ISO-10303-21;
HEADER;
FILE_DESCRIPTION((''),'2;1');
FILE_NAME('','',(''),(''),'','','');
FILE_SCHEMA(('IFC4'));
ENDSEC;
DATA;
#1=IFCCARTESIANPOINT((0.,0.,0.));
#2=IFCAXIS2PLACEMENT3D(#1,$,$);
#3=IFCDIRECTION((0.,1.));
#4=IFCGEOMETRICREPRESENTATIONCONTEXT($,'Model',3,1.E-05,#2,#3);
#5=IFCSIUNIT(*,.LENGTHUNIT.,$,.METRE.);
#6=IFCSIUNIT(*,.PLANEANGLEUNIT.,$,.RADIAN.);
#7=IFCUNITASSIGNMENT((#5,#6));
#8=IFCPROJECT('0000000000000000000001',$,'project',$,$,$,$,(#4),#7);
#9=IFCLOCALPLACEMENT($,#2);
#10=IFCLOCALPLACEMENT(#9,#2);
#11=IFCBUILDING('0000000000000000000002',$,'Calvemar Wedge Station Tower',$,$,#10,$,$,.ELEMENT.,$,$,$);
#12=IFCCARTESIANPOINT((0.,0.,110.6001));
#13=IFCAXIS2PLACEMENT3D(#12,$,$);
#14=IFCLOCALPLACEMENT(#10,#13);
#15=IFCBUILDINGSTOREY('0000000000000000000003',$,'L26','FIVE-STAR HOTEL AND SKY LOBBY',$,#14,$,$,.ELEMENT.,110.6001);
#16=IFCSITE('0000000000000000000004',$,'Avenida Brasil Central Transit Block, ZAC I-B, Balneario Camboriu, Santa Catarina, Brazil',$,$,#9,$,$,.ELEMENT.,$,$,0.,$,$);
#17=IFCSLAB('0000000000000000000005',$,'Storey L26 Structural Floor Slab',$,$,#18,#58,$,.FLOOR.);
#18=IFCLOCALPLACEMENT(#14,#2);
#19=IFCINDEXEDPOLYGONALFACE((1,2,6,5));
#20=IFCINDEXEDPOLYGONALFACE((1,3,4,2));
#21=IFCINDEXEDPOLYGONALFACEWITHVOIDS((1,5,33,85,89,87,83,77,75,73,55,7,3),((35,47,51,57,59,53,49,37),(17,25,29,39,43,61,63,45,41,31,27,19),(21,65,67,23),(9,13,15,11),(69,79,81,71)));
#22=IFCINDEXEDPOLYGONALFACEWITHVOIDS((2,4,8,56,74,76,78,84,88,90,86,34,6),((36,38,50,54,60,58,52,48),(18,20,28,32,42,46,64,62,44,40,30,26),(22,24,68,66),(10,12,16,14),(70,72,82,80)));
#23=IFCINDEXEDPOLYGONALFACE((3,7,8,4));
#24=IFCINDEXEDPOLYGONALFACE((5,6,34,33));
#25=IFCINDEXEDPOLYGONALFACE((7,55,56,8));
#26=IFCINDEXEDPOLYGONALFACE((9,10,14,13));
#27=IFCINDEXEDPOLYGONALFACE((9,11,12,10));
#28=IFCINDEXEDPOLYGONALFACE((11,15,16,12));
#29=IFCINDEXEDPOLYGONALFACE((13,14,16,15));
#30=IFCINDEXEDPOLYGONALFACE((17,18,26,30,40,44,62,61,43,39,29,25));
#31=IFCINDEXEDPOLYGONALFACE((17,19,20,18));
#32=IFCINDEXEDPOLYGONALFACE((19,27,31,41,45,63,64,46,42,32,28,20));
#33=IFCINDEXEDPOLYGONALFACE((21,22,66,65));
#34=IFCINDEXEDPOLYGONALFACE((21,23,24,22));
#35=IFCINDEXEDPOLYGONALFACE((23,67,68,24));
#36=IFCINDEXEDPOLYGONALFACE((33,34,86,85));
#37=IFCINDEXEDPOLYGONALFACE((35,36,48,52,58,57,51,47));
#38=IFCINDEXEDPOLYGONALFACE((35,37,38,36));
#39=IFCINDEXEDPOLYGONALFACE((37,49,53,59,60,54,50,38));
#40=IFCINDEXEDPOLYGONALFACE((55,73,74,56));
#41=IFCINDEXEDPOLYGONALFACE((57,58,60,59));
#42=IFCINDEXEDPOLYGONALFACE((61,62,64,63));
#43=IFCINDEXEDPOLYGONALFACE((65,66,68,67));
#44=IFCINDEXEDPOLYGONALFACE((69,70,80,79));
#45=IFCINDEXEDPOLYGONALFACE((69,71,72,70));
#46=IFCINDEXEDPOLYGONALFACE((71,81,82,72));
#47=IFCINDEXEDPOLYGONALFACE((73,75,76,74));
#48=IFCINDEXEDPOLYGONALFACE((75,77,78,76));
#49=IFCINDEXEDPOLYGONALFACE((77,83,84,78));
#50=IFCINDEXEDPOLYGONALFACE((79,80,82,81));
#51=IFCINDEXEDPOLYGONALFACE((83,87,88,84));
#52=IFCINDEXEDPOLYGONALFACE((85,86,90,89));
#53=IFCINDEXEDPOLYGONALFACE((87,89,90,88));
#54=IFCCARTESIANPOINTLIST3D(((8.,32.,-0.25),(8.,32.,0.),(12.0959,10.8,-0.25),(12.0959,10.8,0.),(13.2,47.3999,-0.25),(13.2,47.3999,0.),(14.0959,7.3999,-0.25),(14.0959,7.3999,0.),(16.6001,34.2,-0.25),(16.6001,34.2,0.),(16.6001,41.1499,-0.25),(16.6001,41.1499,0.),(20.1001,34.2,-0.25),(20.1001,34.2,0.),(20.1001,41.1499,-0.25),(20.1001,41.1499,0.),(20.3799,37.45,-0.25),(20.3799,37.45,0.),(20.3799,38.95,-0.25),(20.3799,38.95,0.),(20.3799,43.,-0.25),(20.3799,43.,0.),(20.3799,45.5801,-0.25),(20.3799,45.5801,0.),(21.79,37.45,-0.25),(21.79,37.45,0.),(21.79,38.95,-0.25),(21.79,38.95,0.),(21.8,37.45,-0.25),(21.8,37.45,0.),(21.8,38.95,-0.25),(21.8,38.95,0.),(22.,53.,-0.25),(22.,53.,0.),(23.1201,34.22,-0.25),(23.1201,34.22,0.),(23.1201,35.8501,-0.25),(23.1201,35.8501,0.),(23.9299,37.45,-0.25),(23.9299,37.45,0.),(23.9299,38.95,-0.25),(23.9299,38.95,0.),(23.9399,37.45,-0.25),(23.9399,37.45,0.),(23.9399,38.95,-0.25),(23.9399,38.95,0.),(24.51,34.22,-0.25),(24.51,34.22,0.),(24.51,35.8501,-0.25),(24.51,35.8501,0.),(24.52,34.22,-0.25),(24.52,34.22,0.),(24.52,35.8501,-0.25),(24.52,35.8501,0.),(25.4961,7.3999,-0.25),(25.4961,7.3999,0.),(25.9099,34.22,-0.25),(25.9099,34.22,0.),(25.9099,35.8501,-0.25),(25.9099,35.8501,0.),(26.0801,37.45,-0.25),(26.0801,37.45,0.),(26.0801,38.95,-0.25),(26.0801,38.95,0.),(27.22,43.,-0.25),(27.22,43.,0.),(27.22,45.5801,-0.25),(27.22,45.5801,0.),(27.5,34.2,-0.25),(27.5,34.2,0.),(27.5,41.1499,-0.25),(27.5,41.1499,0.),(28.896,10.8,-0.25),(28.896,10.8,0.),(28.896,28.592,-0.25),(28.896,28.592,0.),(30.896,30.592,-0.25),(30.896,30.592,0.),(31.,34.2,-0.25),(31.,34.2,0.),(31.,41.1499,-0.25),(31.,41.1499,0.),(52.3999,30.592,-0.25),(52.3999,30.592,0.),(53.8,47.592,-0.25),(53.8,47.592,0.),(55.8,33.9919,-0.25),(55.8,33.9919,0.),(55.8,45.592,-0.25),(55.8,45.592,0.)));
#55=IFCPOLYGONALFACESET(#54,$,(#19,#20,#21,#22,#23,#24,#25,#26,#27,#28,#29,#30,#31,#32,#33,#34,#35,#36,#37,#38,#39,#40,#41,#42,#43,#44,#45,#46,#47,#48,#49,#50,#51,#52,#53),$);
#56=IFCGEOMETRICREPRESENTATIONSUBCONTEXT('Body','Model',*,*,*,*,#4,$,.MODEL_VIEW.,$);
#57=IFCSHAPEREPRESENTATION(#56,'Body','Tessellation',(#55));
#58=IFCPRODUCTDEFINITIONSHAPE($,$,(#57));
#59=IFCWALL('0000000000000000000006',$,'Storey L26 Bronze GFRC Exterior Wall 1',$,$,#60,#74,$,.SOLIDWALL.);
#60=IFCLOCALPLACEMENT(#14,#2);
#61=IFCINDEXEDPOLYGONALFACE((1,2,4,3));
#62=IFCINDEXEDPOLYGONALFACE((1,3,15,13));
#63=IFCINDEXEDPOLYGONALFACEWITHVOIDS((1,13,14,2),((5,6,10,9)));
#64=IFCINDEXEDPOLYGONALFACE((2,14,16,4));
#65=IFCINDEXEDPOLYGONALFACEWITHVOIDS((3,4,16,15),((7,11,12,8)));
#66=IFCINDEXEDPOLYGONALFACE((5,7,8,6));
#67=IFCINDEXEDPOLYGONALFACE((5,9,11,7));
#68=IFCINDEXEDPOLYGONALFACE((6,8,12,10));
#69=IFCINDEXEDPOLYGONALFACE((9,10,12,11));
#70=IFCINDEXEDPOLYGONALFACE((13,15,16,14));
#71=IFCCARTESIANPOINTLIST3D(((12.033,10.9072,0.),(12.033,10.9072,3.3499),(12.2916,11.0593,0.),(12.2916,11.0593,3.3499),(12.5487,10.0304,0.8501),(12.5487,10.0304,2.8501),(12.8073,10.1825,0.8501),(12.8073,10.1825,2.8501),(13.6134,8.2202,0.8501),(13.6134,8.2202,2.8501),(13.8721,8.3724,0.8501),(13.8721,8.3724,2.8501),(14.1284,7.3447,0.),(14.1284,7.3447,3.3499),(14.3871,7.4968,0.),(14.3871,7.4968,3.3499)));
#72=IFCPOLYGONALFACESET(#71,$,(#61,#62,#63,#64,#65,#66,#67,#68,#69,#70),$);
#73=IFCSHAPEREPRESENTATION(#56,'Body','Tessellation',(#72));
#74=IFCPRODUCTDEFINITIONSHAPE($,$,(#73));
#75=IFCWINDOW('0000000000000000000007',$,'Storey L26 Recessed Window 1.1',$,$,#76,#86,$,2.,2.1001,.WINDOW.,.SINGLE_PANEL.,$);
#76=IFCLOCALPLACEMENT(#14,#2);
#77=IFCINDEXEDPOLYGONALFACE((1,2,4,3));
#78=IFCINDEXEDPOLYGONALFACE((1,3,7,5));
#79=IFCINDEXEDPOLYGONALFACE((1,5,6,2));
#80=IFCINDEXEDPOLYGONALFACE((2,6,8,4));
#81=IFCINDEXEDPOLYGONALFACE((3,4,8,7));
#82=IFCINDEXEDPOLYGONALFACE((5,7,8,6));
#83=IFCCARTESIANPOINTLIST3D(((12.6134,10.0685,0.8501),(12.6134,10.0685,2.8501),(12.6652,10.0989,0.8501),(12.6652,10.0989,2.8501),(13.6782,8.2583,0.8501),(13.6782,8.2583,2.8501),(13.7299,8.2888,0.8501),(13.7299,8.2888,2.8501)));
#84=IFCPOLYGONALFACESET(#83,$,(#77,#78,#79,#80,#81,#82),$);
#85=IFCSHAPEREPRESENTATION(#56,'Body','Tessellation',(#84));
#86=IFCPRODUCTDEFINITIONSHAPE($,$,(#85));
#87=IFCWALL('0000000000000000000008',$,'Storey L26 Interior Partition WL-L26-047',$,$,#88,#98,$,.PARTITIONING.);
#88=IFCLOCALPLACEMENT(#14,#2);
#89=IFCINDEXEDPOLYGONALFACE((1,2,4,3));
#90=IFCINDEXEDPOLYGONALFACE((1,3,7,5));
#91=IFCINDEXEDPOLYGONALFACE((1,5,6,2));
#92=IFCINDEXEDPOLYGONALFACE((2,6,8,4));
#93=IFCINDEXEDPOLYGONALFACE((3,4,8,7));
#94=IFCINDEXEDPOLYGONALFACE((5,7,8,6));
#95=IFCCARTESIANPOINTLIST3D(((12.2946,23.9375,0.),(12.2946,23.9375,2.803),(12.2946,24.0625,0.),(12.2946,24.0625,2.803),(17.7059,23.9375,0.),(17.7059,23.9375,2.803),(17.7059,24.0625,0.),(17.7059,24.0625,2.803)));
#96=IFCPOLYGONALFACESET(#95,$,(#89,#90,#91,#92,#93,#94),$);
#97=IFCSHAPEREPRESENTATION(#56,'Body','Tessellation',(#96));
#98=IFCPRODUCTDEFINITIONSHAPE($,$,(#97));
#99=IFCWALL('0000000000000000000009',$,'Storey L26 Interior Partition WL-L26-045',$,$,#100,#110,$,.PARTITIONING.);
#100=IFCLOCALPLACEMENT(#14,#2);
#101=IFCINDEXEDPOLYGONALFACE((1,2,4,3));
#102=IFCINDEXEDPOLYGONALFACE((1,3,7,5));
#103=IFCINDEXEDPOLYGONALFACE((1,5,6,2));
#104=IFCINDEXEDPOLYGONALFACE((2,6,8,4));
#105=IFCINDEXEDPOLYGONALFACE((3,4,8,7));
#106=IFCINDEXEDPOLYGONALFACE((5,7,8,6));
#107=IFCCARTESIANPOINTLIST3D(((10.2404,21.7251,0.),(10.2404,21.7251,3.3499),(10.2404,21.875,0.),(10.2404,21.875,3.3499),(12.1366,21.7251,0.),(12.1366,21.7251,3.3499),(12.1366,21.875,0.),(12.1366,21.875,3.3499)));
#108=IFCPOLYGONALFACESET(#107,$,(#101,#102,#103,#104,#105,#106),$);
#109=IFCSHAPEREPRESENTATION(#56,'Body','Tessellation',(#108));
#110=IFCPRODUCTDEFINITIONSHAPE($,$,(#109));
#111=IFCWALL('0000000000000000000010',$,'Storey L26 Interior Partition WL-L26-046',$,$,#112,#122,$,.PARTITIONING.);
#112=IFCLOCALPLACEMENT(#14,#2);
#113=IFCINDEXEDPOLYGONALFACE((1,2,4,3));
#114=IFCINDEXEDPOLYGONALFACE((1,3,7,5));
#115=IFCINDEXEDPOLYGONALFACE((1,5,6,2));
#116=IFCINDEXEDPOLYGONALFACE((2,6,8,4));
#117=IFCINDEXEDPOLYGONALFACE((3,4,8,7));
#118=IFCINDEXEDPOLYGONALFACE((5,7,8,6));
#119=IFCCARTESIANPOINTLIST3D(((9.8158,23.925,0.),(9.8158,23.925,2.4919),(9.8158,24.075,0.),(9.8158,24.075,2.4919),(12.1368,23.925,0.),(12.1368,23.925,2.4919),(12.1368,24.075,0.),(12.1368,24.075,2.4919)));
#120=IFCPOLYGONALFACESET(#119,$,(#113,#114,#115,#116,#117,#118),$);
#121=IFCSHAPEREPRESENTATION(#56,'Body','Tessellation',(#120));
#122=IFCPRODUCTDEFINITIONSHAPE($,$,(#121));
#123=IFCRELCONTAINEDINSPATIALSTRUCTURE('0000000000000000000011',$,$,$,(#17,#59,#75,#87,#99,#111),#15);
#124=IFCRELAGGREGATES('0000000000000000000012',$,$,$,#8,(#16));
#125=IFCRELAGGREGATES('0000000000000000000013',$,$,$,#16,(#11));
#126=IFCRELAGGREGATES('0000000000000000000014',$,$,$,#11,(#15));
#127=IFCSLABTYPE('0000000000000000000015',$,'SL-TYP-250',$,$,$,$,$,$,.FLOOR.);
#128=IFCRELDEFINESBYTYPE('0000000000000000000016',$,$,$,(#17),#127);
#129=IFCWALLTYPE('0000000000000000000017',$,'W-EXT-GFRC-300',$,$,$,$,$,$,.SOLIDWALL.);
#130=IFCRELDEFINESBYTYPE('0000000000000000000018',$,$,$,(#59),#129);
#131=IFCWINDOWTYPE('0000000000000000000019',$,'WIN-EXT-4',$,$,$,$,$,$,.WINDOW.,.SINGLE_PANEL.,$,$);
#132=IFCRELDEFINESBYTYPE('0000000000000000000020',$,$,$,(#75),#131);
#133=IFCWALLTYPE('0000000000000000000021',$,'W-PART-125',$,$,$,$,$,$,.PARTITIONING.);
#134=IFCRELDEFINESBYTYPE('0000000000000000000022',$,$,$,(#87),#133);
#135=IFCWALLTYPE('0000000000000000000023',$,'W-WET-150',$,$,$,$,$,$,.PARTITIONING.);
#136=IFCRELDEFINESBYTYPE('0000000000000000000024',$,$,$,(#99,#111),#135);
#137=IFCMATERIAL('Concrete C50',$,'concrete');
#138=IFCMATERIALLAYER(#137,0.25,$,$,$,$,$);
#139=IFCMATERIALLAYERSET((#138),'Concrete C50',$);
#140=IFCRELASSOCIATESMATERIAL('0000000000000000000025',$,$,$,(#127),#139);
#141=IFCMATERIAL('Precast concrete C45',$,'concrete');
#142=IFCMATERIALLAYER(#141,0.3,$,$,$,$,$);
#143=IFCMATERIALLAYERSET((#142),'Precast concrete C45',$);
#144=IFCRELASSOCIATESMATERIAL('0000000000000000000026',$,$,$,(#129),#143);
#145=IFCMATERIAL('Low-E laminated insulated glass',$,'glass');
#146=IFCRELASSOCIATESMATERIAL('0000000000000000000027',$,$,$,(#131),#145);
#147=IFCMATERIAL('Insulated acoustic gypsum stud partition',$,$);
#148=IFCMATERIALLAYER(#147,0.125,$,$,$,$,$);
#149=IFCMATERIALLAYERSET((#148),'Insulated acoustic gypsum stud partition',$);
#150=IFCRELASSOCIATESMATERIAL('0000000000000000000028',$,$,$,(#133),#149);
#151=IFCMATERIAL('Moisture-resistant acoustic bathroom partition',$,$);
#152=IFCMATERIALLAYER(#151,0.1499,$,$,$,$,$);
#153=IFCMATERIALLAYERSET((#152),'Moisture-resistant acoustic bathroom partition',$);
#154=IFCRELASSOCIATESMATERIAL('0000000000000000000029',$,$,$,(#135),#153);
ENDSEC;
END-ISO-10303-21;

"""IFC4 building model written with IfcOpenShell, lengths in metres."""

from ifc_helpers import new_model, si_unit, direction, frame, frame_2d, origin, place, context, subcontext, project, spatial, polyline, rectangle, outline, extrude, source, transform, mapped, material, layer, layer_set, type_object, element, fill, save


model = new_model("IFC4")

# Units and contexts
model_context = context("Model", 3, precision=1e-05, world=origin(), true_north=direction((0.0, 1.0)))
body_context = subcontext(model_context, "Body", "Model", "MODEL_VIEW")
ifc_project = project(units=[si_unit("LENGTHUNIT", "METRE"), si_unit("PLANEANGLEUNIT", "RADIAN")], contexts=[model_context])

# Site, building, storey
site_placement = place(None, origin())
site = spatial("IfcSite", under=ifc_project, at=site_placement, Name="Avenida Brasil Central Transit Block, ZAC I-B, Balneario Camboriu, Santa Catarina, Brazil", CompositionType="ELEMENT", RefElevation=0.0)
building_placement = place(site_placement, origin())
building = spatial("IfcBuilding", under=site, at=building_placement, Name="Calvemar Wedge Station Tower", CompositionType="ELEMENT")
storey_placement = place(building_placement, frame((0.0, 0.0, 110.6001)))
storey = spatial("IfcBuildingStorey", under=building, at=storey_placement, Name="L26", Description="FIVE-STAR HOTEL AND SKY LOBBY", CompositionType="ELEMENT", Elevation=110.6001)

# Shared definitions
ifc_material_1 = material(Name="Concrete C50", Category="concrete")

# Slab
ifc_layer_1 = layer(ifc_material_1, 0.25)
ifc_layer_set_1 = layer_set([ifc_layer_1], Name="Concrete C50")
slab_type_1 = type_object("IfcSlabType", Name="SL-TYP-250", PredefinedType="FLOOR", material=ifc_layer_set_1)
slab_1_placement = place(storey_placement, frame((0.0, 0.0, -0.25)))
element("IfcSlab", 1, at=slab_1_placement, inside=storey, type_object=slab_type_1, Name="Storey L26 Structural Floor Slab", PredefinedType="FLOOR", context=body_context, shape_type="SweptSolid", body=[
    extrude(outline(polyline([(8.0, 32.0), (12.0959, 10.8), (14.0959, 7.3999), (25.4961, 7.3999), (28.896, 10.8), (28.896, 28.592), (30.896, 30.592), (52.3999, 30.592), (55.8, 33.9919), (55.8, 45.592), (53.8, 47.592), (22.0, 53.0), (13.2, 47.3999), (8.0, 32.0)]), holes=[polyline([(24.52, 35.8501), (24.51, 35.8501), (23.1201, 35.8501), (23.1201, 34.22), (24.51, 34.22), (24.52, 34.22), (25.9099, 34.22), (25.9099, 35.8501), (24.52, 35.8501)]), polyline([(16.6001, 34.2), (20.1001, 34.2), (20.1001, 41.1499), (16.6001, 41.1499), (16.6001, 34.2)]), polyline([(27.5, 34.2), (31.0, 34.2), (31.0, 41.1499), (27.5, 41.1499), (27.5, 34.2)]), polyline([(21.8, 38.95), (21.79, 38.95), (20.3799, 38.95), (20.3799, 37.45), (21.79, 37.45), (21.8, 37.45), (23.9299, 37.45), (23.9399, 37.45), (26.0801, 37.45), (26.0801, 38.95), (23.9399, 38.95), (23.9299, 38.95), (21.8, 38.95)]), polyline([(27.22, 43.0), (27.22, 45.5801), (20.3799, 45.5801), (20.3799, 43.0), (27.22, 43.0)])]), origin(), (0.0, 0.0, 1.0), 0.25),
])

# Wall, opening, window
ifc_material_2 = material(Name="Precast concrete C45", Category="concrete")
ifc_layer_2 = layer(ifc_material_2, 0.3)
ifc_layer_set_2 = layer_set([ifc_layer_2], Name="Precast concrete C45")
wall_type_1 = type_object("IfcWallType", Name="W-EXT-GFRC-300", PredefinedType="SOLIDWALL", material=ifc_layer_set_2)
wall_1_placement = place(storey_placement, frame((12.1624, 10.9832, 0.0), z_axis=(0.0, 0.0, 1.0), x_axis=(0.506997, -0.861948, 0.0)))
wall_1 = element("IfcWall", 2, at=wall_1_placement, inside=storey, type_object=wall_type_1, Name="Storey L26 Bronze GFRC Exterior Wall 1", PredefinedType="SOLIDWALL", context=body_context, shape_type="SweptSolid", body=[
    extrude(rectangle(XDim=4.1331, YDim=0.3, at=frame_2d((2.0664, 0.0))), origin(), (0.0, 0.0, 1.0), 3.3499),
])
shared_shape_1 = source(origin(), body_context, "Body", "SweptSolid", [
    extrude(rectangle(XDim=2.1001, YDim=2.0, at=frame_2d((1.05, 1.0))), frame((0.0, 0.1602, 0.0), z_axis=(0.0, -1.0, 0.0), x_axis=(1.0, 0.0, 0.0)), (0.0, 0.0, 1.0), 0.3201),
])
opening_1_placement = place(wall_1_placement, frame((1.0171, 0.0, 0.8501)))
opening_1 = element("IfcOpeningElement", 3, at=opening_1_placement, cuts=wall_1, PredefinedType="OPENING", context=body_context, shape_type="MappedRepresentation", body=[
    mapped(shared_shape_1, transform((0.0, 0.0, 0.0), scale=1.0)),
])
ifc_material_3 = material(Name="Low-E laminated insulated glass", Category="glass")
window_type = type_object("IfcWindowType", Name="WIN-EXT-4", PartitioningType="SINGLE_PANEL", PredefinedType="WINDOW", material=ifc_material_3)
shared_shape_2 = source(origin(), body_context, "Body", "SweptSolid", [
    extrude(rectangle(XDim=2.1001, YDim=2.0, at=frame_2d((1.05, 1.0))), frame((0.0, -0.0149, 0.0), z_axis=(0.0, -1.0, 0.0), x_axis=(1.0, 0.0, 0.0)), (0.0, 0.0, 1.0), 0.0601),
])
window_placement = place(opening_1_placement, origin())
window = element("IfcWindow", 4, at=window_placement, inside=storey, type_object=window_type, Name="Storey L26 Recessed Window 1.1", OverallHeight=2.0, OverallWidth=2.1001, PartitioningType="SINGLE_PANEL", PredefinedType="WINDOW", context=body_context, shape_type="MappedRepresentation", body=[
    mapped(shared_shape_2, transform((0.0, 0.0, 0.0), scale=1.0)),
])
fill(opening_1, window)

# Wall
ifc_material_4 = material(Name="Insulated acoustic gypsum stud partition")
ifc_layer_3 = layer(ifc_material_4, 0.125)
ifc_layer_set_3 = layer_set([ifc_layer_3], Name="Insulated acoustic gypsum stud partition")
wall_type_2 = type_object("IfcWallType", Name="W-PART-125", PredefinedType="PARTITIONING", material=ifc_layer_set_3)
wall_2_placement = place(storey_placement, frame((12.2947, 24.0, 0.0), z_axis=(0.0, 0.0, 1.0), x_axis=(1.0, 0.0, 0.0)))
element("IfcWall", 5, at=wall_2_placement, inside=storey, type_object=wall_type_2, Name="Storey L26 Interior Partition WL-L26-047", PredefinedType="PARTITIONING", context=body_context, shape_type="SweptSolid", body=[
    extrude(rectangle(XDim=5.4114, YDim=0.125, at=frame_2d((2.7056, 0.0))), origin(), (0.0, 0.0, 1.0), 2.803),
])

# Shared definitions
ifc_material_5 = material(Name="Moisture-resistant acoustic bathroom partition")
ifc_layer_4 = layer(ifc_material_5, 0.1499)
ifc_layer_set_4 = layer_set([ifc_layer_4], Name="Moisture-resistant acoustic bathroom partition")
wall_type_3 = type_object("IfcWallType", Name="W-WET-150", PredefinedType="PARTITIONING", material=ifc_layer_set_4)

# Walls
wall_3_placement = place(storey_placement, frame((12.1367, 21.8, 0.0), z_axis=(0.0, 0.0, 1.0), x_axis=(-1.0, 0.0, 0.0)))
element("IfcWall", 6, at=wall_3_placement, inside=storey, type_object=wall_type_3, Name="Storey L26 Interior Partition WL-L26-045", PredefinedType="PARTITIONING", context=body_context, shape_type="SweptSolid", body=[
    extrude(rectangle(XDim=1.8962, YDim=0.1499, at=frame_2d((0.9482, 0.0))), origin(), (0.0, 0.0, 1.0), 3.3499),
])
wall_4_placement = place(storey_placement, frame((9.8157, 24.0, 0.0), z_axis=(0.0, 0.0, 1.0), x_axis=(1.0, 0.0, 0.0)))
element("IfcWall", 7, at=wall_4_placement, inside=storey, type_object=wall_type_3, Name="Storey L26 Interior Partition WL-L26-046", PredefinedType="PARTITIONING", context=body_context, shape_type="SweptSolid", body=[
    extrude(rectangle(XDim=2.321, YDim=0.1499, at=frame_2d((1.1606, 0.0))), origin(), (0.0, 0.0, 1.0), 2.4919),
])

save(model, "model.ifc")
